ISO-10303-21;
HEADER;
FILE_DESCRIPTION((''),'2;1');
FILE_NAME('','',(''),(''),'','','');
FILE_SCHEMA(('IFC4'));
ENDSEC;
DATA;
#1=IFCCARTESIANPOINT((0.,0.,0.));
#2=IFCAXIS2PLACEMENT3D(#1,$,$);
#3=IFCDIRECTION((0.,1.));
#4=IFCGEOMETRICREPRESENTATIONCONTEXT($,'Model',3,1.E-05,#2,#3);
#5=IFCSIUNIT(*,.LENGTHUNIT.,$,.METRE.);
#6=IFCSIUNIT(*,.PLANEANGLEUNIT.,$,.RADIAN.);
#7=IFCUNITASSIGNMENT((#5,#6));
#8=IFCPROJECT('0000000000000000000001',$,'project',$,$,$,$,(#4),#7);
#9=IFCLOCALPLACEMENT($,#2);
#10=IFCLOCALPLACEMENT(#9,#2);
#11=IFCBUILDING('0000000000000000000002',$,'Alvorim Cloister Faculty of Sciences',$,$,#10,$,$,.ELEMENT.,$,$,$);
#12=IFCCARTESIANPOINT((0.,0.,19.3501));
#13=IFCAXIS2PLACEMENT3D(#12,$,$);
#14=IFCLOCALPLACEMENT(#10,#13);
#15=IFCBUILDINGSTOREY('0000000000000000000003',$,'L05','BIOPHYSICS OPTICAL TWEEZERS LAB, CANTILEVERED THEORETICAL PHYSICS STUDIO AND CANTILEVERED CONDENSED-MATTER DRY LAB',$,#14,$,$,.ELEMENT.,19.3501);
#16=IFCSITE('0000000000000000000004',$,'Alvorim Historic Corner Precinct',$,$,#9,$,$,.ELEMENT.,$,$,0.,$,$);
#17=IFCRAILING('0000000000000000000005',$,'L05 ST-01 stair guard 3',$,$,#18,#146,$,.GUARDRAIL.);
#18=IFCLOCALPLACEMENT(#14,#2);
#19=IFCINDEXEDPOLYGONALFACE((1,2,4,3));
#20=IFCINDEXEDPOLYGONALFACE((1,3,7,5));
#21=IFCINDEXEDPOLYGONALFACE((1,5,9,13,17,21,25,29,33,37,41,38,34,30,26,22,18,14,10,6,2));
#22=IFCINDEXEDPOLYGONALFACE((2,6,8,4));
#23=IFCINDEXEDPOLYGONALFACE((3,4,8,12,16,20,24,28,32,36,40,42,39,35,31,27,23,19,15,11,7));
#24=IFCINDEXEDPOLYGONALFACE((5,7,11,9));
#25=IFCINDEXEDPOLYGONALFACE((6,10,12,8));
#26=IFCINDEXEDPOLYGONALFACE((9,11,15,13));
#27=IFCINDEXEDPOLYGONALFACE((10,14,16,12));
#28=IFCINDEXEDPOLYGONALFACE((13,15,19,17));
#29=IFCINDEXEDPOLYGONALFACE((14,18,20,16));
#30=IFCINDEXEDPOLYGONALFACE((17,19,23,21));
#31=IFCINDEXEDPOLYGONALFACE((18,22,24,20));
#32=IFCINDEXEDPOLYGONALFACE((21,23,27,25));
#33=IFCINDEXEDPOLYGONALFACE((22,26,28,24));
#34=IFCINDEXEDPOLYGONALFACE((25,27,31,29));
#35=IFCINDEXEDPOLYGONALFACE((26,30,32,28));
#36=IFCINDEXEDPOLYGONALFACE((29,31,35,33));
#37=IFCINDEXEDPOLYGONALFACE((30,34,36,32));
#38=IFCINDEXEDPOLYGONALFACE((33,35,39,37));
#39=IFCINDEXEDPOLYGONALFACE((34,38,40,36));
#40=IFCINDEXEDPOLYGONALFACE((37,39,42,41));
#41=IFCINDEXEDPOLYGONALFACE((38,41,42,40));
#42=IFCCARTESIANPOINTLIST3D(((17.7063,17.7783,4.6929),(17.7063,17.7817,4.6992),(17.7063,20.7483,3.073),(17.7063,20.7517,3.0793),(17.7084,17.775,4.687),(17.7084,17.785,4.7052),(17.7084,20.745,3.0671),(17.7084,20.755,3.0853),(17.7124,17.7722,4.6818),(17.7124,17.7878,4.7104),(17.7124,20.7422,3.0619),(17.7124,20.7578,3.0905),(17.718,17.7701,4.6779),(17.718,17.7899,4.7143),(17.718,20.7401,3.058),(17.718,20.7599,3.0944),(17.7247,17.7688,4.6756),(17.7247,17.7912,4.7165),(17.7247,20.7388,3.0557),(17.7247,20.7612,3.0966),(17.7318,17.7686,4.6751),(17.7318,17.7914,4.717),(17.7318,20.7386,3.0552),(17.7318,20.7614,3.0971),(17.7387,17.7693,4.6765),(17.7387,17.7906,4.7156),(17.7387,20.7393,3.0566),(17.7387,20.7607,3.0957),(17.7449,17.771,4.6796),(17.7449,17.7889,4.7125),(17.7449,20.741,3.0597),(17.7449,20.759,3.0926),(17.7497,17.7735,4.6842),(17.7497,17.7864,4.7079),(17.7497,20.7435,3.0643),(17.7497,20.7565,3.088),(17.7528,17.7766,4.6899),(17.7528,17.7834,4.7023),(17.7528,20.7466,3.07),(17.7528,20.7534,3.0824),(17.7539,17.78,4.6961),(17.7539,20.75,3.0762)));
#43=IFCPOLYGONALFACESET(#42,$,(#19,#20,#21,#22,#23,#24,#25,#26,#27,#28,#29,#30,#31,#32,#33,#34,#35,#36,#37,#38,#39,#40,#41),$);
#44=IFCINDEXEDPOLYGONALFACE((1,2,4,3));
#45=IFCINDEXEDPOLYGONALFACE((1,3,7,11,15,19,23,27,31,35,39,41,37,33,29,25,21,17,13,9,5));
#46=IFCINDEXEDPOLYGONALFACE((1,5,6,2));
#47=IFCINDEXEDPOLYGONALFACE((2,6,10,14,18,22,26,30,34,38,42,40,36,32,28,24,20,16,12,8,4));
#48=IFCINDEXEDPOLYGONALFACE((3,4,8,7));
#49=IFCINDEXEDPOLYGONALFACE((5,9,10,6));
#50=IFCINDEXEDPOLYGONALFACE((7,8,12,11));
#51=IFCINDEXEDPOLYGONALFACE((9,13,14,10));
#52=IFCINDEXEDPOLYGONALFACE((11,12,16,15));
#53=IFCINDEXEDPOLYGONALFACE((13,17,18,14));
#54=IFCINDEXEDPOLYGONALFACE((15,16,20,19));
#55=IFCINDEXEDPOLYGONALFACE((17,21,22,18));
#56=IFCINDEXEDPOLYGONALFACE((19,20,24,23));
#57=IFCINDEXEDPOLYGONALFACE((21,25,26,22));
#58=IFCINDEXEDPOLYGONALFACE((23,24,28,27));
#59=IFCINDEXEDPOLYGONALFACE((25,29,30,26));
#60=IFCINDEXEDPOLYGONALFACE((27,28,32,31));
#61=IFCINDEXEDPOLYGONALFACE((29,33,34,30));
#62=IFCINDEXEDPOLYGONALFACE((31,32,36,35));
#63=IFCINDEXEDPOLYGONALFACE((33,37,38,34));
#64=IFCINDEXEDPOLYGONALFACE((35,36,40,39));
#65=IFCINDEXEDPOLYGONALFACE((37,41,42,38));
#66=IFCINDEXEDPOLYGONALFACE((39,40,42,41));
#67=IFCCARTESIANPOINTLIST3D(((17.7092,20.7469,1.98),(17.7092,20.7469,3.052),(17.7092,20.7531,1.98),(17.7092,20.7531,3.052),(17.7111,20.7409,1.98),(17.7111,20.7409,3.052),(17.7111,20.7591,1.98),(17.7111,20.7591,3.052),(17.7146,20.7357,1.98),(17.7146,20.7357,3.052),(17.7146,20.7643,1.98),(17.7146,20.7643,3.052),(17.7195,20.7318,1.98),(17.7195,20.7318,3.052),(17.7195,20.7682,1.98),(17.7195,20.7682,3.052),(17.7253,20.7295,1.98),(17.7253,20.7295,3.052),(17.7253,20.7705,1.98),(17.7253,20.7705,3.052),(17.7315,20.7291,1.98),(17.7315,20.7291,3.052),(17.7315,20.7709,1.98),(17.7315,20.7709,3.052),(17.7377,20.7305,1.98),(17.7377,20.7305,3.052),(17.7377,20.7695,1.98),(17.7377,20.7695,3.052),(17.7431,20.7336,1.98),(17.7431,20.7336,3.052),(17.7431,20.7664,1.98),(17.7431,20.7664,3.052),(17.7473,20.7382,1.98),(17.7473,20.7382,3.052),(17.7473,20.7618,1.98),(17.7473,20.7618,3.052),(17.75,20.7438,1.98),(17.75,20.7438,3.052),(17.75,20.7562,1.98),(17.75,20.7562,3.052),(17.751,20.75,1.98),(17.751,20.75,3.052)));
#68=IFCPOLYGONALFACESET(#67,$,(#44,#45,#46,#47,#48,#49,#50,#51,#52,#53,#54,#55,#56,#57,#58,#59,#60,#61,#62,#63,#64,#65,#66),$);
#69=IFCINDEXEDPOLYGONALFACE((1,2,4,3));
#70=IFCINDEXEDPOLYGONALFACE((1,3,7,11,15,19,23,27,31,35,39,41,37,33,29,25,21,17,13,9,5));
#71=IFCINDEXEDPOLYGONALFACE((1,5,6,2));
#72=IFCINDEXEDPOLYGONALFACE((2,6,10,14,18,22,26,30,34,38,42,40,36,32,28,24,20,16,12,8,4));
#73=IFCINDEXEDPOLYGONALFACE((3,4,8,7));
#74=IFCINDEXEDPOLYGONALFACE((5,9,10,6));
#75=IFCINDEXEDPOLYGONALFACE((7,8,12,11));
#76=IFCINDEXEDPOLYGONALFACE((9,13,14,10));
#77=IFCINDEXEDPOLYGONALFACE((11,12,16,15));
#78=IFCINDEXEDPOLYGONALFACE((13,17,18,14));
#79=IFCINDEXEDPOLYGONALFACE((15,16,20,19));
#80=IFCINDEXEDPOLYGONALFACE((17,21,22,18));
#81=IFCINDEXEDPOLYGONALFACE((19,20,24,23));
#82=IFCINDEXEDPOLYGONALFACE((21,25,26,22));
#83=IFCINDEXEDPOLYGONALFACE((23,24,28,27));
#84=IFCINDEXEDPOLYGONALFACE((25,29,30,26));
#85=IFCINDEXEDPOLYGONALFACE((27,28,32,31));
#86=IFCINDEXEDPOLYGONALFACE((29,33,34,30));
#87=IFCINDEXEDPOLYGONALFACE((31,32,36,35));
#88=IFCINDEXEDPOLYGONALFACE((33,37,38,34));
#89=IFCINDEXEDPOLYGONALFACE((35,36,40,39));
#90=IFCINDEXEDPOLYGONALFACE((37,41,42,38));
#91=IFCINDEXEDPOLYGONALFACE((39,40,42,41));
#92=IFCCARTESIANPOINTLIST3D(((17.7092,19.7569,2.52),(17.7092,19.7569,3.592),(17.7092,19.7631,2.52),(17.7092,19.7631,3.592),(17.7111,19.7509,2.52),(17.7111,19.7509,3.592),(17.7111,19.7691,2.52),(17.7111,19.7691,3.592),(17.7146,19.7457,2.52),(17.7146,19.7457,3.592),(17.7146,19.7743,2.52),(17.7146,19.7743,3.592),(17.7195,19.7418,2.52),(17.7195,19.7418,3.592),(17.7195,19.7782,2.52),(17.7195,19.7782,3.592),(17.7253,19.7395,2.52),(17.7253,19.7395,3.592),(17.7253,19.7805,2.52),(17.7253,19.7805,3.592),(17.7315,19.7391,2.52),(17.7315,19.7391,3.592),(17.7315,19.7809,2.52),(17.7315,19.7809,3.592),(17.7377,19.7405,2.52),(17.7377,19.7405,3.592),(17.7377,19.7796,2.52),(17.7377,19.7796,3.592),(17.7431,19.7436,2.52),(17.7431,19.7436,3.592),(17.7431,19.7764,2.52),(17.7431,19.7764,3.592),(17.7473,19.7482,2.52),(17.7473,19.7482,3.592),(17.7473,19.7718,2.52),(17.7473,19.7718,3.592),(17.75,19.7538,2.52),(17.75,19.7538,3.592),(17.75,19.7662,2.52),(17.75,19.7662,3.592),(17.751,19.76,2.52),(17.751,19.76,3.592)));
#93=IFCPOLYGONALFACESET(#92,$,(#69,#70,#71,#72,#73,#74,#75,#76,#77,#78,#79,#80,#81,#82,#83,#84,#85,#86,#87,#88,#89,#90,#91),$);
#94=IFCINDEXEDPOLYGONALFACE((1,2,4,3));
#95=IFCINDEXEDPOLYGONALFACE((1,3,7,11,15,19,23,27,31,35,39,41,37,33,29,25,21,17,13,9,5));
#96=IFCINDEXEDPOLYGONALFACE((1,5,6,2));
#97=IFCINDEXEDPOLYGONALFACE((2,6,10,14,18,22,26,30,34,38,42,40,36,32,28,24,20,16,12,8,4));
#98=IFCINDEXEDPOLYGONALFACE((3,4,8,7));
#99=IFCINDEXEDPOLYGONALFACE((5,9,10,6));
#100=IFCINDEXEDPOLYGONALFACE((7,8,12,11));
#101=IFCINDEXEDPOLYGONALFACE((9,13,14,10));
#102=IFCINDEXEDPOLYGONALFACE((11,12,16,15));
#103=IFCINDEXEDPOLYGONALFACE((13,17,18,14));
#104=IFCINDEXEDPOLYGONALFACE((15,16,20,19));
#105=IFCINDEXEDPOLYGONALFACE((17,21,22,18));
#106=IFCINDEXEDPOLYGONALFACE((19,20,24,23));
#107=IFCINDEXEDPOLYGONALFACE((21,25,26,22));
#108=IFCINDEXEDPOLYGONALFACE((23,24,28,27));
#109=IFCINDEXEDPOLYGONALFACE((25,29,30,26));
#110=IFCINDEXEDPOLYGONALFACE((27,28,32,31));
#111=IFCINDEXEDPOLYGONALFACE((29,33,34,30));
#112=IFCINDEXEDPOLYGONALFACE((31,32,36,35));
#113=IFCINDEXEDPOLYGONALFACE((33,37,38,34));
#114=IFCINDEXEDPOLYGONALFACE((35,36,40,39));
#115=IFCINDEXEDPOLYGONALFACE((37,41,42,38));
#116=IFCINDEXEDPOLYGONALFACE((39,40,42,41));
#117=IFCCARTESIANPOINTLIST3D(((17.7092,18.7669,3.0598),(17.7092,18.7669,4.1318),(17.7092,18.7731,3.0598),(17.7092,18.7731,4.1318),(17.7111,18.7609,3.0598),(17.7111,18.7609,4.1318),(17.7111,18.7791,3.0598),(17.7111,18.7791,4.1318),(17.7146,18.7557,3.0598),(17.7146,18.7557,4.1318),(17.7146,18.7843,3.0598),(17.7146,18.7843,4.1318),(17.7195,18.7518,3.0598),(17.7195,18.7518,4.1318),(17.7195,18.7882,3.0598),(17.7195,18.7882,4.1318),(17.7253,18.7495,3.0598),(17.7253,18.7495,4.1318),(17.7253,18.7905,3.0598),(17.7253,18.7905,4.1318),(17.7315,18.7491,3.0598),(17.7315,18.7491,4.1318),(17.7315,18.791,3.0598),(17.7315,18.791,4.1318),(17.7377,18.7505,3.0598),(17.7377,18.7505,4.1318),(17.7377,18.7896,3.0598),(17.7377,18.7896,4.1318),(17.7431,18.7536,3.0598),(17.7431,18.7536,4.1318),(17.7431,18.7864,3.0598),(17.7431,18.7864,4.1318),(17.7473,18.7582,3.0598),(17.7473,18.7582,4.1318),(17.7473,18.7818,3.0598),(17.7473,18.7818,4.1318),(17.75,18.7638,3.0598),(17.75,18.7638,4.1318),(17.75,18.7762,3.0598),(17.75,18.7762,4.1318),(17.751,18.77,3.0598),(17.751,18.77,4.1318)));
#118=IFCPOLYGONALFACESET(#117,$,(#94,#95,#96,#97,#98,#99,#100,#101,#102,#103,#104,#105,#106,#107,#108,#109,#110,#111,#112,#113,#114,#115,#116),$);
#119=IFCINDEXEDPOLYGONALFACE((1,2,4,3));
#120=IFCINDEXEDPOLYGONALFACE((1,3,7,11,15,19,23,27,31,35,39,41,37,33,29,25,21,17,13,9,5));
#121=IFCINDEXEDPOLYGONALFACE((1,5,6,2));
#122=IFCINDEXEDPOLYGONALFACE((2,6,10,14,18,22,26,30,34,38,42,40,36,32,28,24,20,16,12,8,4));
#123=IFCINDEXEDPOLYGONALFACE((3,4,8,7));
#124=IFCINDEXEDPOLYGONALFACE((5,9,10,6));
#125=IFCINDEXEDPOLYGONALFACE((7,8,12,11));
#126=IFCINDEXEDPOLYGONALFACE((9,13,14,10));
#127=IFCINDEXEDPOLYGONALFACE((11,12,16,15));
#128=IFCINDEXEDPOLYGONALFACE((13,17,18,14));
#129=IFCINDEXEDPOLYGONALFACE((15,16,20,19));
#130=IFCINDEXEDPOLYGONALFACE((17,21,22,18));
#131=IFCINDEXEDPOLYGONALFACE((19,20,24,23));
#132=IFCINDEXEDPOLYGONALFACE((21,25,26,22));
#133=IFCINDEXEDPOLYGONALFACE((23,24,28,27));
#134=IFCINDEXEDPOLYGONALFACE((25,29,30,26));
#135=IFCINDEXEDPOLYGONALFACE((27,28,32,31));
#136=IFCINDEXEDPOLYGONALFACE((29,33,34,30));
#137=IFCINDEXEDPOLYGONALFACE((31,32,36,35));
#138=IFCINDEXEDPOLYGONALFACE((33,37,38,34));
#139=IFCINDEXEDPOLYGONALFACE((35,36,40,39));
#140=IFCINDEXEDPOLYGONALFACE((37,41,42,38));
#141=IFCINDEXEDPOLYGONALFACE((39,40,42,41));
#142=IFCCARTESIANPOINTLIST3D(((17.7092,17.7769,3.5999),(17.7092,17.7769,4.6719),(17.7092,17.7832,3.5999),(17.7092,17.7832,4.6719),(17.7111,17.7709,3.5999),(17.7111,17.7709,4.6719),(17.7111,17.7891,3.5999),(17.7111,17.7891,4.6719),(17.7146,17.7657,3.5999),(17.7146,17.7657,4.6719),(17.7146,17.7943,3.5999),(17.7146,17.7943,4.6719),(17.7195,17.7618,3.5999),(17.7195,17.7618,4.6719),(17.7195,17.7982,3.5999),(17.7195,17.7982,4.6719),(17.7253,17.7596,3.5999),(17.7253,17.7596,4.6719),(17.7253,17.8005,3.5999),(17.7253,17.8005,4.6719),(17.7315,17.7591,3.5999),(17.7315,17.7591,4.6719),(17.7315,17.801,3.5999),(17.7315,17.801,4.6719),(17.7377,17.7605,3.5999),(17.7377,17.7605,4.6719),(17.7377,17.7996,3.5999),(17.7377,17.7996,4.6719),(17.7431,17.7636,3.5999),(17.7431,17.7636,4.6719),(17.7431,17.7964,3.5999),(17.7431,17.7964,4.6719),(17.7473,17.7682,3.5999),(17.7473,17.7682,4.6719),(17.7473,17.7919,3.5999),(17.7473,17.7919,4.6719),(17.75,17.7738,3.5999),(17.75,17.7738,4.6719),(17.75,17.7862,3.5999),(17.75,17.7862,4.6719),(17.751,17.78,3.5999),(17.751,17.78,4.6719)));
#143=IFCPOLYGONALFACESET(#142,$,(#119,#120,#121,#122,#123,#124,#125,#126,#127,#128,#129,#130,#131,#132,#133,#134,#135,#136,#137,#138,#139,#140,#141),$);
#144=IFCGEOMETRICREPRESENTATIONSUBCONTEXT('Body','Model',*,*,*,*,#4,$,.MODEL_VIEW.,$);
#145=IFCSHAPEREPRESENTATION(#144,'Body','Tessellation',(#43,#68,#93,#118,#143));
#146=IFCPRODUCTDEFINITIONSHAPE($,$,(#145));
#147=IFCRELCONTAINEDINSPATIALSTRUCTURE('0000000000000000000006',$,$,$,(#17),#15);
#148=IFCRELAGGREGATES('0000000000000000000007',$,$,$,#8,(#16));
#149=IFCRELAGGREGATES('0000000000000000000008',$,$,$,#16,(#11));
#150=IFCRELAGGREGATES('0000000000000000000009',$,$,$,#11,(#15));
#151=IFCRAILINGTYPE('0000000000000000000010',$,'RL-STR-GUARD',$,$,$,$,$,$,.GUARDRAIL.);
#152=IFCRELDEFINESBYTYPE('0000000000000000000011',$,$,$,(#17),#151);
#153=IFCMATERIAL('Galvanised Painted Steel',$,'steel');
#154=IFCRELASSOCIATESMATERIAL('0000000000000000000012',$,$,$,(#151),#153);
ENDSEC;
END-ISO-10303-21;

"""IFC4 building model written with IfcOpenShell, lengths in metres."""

from ifc_helpers import new_model, si_unit, direction, frame, origin, origin_2d, place, context, subcontext, project, spatial, circle, extrude, material, type_object, element, save


model = new_model("IFC4")

# Units and contexts
model_context = context("Model", 3, precision=1e-05, world=origin(), true_north=direction((0.0, 1.0)))
body_context = subcontext(model_context, "Body", "Model", "MODEL_VIEW")
ifc_project = project(units=[si_unit("LENGTHUNIT", "METRE"), si_unit("PLANEANGLEUNIT", "RADIAN")], contexts=[model_context])

# Site, building, storey
site_placement = place(None, origin())
site = spatial("IfcSite", under=ifc_project, at=site_placement, Name="Alvorim Historic Corner Precinct", CompositionType="ELEMENT", RefElevation=0.0)
building_placement = place(site_placement, origin())
building = spatial("IfcBuilding", under=site, at=building_placement, Name="Alvorim Cloister Faculty of Sciences", CompositionType="ELEMENT")
storey_placement = place(building_placement, frame((0.0, 0.0, 19.3501)))
storey = spatial("IfcBuildingStorey", under=building, at=storey_placement, Name="L05", Description="BIOPHYSICS OPTICAL TWEEZERS LAB, CANTILEVERED THEORETICAL PHYSICS STUDIO AND CANTILEVERED CONDENSED-MATTER DRY LAB", CompositionType="ELEMENT", Elevation=19.3501)

# Railing
ifc_material_1 = material(Name="Galvanised Painted Steel", Category="steel")
railing_type_1 = type_object("IfcRailingType", Name="RL-STR-GUARD", PredefinedType="GUARDRAIL", material=ifc_material_1)
railing_1_placement = place(storey_placement, frame((17.73, 20.75, 1.98)))
element("IfcRailing", 1, at=railing_1_placement, inside=storey, type_object=railing_type_1, Name="L05 ST-01 stair guard 3", PredefinedType="GUARDRAIL", context=body_context, shape_type="SweptSolid", body=[
    extrude(circle(Radius=0.0239, at=origin_2d()), frame((0.0, 0.0, 1.0962), z_axis=(0.0, -0.877909, 0.478827), x_axis=(1.0, 0.0, 0.0)), (0.0, 0.0, 1.0), 3.3831),
    extrude(circle(Radius=0.021, at=origin_2d()), origin(), (0.0, 0.0, 1.0), 1.072),
    extrude(circle(Radius=0.021, at=origin_2d()), frame((0.0, -0.99, 0.54)), (0.0, 0.0, 1.0), 1.072),
    extrude(circle(Radius=0.021, at=origin_2d()), frame((0.0, -1.98, 1.0798)), (0.0, 0.0, 1.0), 1.072),
    extrude(circle(Radius=0.021, at=origin_2d()), frame((0.0, -2.97, 1.6199)), (0.0, 0.0, 1.0), 1.072),
])

save(model, "model.ifc")
